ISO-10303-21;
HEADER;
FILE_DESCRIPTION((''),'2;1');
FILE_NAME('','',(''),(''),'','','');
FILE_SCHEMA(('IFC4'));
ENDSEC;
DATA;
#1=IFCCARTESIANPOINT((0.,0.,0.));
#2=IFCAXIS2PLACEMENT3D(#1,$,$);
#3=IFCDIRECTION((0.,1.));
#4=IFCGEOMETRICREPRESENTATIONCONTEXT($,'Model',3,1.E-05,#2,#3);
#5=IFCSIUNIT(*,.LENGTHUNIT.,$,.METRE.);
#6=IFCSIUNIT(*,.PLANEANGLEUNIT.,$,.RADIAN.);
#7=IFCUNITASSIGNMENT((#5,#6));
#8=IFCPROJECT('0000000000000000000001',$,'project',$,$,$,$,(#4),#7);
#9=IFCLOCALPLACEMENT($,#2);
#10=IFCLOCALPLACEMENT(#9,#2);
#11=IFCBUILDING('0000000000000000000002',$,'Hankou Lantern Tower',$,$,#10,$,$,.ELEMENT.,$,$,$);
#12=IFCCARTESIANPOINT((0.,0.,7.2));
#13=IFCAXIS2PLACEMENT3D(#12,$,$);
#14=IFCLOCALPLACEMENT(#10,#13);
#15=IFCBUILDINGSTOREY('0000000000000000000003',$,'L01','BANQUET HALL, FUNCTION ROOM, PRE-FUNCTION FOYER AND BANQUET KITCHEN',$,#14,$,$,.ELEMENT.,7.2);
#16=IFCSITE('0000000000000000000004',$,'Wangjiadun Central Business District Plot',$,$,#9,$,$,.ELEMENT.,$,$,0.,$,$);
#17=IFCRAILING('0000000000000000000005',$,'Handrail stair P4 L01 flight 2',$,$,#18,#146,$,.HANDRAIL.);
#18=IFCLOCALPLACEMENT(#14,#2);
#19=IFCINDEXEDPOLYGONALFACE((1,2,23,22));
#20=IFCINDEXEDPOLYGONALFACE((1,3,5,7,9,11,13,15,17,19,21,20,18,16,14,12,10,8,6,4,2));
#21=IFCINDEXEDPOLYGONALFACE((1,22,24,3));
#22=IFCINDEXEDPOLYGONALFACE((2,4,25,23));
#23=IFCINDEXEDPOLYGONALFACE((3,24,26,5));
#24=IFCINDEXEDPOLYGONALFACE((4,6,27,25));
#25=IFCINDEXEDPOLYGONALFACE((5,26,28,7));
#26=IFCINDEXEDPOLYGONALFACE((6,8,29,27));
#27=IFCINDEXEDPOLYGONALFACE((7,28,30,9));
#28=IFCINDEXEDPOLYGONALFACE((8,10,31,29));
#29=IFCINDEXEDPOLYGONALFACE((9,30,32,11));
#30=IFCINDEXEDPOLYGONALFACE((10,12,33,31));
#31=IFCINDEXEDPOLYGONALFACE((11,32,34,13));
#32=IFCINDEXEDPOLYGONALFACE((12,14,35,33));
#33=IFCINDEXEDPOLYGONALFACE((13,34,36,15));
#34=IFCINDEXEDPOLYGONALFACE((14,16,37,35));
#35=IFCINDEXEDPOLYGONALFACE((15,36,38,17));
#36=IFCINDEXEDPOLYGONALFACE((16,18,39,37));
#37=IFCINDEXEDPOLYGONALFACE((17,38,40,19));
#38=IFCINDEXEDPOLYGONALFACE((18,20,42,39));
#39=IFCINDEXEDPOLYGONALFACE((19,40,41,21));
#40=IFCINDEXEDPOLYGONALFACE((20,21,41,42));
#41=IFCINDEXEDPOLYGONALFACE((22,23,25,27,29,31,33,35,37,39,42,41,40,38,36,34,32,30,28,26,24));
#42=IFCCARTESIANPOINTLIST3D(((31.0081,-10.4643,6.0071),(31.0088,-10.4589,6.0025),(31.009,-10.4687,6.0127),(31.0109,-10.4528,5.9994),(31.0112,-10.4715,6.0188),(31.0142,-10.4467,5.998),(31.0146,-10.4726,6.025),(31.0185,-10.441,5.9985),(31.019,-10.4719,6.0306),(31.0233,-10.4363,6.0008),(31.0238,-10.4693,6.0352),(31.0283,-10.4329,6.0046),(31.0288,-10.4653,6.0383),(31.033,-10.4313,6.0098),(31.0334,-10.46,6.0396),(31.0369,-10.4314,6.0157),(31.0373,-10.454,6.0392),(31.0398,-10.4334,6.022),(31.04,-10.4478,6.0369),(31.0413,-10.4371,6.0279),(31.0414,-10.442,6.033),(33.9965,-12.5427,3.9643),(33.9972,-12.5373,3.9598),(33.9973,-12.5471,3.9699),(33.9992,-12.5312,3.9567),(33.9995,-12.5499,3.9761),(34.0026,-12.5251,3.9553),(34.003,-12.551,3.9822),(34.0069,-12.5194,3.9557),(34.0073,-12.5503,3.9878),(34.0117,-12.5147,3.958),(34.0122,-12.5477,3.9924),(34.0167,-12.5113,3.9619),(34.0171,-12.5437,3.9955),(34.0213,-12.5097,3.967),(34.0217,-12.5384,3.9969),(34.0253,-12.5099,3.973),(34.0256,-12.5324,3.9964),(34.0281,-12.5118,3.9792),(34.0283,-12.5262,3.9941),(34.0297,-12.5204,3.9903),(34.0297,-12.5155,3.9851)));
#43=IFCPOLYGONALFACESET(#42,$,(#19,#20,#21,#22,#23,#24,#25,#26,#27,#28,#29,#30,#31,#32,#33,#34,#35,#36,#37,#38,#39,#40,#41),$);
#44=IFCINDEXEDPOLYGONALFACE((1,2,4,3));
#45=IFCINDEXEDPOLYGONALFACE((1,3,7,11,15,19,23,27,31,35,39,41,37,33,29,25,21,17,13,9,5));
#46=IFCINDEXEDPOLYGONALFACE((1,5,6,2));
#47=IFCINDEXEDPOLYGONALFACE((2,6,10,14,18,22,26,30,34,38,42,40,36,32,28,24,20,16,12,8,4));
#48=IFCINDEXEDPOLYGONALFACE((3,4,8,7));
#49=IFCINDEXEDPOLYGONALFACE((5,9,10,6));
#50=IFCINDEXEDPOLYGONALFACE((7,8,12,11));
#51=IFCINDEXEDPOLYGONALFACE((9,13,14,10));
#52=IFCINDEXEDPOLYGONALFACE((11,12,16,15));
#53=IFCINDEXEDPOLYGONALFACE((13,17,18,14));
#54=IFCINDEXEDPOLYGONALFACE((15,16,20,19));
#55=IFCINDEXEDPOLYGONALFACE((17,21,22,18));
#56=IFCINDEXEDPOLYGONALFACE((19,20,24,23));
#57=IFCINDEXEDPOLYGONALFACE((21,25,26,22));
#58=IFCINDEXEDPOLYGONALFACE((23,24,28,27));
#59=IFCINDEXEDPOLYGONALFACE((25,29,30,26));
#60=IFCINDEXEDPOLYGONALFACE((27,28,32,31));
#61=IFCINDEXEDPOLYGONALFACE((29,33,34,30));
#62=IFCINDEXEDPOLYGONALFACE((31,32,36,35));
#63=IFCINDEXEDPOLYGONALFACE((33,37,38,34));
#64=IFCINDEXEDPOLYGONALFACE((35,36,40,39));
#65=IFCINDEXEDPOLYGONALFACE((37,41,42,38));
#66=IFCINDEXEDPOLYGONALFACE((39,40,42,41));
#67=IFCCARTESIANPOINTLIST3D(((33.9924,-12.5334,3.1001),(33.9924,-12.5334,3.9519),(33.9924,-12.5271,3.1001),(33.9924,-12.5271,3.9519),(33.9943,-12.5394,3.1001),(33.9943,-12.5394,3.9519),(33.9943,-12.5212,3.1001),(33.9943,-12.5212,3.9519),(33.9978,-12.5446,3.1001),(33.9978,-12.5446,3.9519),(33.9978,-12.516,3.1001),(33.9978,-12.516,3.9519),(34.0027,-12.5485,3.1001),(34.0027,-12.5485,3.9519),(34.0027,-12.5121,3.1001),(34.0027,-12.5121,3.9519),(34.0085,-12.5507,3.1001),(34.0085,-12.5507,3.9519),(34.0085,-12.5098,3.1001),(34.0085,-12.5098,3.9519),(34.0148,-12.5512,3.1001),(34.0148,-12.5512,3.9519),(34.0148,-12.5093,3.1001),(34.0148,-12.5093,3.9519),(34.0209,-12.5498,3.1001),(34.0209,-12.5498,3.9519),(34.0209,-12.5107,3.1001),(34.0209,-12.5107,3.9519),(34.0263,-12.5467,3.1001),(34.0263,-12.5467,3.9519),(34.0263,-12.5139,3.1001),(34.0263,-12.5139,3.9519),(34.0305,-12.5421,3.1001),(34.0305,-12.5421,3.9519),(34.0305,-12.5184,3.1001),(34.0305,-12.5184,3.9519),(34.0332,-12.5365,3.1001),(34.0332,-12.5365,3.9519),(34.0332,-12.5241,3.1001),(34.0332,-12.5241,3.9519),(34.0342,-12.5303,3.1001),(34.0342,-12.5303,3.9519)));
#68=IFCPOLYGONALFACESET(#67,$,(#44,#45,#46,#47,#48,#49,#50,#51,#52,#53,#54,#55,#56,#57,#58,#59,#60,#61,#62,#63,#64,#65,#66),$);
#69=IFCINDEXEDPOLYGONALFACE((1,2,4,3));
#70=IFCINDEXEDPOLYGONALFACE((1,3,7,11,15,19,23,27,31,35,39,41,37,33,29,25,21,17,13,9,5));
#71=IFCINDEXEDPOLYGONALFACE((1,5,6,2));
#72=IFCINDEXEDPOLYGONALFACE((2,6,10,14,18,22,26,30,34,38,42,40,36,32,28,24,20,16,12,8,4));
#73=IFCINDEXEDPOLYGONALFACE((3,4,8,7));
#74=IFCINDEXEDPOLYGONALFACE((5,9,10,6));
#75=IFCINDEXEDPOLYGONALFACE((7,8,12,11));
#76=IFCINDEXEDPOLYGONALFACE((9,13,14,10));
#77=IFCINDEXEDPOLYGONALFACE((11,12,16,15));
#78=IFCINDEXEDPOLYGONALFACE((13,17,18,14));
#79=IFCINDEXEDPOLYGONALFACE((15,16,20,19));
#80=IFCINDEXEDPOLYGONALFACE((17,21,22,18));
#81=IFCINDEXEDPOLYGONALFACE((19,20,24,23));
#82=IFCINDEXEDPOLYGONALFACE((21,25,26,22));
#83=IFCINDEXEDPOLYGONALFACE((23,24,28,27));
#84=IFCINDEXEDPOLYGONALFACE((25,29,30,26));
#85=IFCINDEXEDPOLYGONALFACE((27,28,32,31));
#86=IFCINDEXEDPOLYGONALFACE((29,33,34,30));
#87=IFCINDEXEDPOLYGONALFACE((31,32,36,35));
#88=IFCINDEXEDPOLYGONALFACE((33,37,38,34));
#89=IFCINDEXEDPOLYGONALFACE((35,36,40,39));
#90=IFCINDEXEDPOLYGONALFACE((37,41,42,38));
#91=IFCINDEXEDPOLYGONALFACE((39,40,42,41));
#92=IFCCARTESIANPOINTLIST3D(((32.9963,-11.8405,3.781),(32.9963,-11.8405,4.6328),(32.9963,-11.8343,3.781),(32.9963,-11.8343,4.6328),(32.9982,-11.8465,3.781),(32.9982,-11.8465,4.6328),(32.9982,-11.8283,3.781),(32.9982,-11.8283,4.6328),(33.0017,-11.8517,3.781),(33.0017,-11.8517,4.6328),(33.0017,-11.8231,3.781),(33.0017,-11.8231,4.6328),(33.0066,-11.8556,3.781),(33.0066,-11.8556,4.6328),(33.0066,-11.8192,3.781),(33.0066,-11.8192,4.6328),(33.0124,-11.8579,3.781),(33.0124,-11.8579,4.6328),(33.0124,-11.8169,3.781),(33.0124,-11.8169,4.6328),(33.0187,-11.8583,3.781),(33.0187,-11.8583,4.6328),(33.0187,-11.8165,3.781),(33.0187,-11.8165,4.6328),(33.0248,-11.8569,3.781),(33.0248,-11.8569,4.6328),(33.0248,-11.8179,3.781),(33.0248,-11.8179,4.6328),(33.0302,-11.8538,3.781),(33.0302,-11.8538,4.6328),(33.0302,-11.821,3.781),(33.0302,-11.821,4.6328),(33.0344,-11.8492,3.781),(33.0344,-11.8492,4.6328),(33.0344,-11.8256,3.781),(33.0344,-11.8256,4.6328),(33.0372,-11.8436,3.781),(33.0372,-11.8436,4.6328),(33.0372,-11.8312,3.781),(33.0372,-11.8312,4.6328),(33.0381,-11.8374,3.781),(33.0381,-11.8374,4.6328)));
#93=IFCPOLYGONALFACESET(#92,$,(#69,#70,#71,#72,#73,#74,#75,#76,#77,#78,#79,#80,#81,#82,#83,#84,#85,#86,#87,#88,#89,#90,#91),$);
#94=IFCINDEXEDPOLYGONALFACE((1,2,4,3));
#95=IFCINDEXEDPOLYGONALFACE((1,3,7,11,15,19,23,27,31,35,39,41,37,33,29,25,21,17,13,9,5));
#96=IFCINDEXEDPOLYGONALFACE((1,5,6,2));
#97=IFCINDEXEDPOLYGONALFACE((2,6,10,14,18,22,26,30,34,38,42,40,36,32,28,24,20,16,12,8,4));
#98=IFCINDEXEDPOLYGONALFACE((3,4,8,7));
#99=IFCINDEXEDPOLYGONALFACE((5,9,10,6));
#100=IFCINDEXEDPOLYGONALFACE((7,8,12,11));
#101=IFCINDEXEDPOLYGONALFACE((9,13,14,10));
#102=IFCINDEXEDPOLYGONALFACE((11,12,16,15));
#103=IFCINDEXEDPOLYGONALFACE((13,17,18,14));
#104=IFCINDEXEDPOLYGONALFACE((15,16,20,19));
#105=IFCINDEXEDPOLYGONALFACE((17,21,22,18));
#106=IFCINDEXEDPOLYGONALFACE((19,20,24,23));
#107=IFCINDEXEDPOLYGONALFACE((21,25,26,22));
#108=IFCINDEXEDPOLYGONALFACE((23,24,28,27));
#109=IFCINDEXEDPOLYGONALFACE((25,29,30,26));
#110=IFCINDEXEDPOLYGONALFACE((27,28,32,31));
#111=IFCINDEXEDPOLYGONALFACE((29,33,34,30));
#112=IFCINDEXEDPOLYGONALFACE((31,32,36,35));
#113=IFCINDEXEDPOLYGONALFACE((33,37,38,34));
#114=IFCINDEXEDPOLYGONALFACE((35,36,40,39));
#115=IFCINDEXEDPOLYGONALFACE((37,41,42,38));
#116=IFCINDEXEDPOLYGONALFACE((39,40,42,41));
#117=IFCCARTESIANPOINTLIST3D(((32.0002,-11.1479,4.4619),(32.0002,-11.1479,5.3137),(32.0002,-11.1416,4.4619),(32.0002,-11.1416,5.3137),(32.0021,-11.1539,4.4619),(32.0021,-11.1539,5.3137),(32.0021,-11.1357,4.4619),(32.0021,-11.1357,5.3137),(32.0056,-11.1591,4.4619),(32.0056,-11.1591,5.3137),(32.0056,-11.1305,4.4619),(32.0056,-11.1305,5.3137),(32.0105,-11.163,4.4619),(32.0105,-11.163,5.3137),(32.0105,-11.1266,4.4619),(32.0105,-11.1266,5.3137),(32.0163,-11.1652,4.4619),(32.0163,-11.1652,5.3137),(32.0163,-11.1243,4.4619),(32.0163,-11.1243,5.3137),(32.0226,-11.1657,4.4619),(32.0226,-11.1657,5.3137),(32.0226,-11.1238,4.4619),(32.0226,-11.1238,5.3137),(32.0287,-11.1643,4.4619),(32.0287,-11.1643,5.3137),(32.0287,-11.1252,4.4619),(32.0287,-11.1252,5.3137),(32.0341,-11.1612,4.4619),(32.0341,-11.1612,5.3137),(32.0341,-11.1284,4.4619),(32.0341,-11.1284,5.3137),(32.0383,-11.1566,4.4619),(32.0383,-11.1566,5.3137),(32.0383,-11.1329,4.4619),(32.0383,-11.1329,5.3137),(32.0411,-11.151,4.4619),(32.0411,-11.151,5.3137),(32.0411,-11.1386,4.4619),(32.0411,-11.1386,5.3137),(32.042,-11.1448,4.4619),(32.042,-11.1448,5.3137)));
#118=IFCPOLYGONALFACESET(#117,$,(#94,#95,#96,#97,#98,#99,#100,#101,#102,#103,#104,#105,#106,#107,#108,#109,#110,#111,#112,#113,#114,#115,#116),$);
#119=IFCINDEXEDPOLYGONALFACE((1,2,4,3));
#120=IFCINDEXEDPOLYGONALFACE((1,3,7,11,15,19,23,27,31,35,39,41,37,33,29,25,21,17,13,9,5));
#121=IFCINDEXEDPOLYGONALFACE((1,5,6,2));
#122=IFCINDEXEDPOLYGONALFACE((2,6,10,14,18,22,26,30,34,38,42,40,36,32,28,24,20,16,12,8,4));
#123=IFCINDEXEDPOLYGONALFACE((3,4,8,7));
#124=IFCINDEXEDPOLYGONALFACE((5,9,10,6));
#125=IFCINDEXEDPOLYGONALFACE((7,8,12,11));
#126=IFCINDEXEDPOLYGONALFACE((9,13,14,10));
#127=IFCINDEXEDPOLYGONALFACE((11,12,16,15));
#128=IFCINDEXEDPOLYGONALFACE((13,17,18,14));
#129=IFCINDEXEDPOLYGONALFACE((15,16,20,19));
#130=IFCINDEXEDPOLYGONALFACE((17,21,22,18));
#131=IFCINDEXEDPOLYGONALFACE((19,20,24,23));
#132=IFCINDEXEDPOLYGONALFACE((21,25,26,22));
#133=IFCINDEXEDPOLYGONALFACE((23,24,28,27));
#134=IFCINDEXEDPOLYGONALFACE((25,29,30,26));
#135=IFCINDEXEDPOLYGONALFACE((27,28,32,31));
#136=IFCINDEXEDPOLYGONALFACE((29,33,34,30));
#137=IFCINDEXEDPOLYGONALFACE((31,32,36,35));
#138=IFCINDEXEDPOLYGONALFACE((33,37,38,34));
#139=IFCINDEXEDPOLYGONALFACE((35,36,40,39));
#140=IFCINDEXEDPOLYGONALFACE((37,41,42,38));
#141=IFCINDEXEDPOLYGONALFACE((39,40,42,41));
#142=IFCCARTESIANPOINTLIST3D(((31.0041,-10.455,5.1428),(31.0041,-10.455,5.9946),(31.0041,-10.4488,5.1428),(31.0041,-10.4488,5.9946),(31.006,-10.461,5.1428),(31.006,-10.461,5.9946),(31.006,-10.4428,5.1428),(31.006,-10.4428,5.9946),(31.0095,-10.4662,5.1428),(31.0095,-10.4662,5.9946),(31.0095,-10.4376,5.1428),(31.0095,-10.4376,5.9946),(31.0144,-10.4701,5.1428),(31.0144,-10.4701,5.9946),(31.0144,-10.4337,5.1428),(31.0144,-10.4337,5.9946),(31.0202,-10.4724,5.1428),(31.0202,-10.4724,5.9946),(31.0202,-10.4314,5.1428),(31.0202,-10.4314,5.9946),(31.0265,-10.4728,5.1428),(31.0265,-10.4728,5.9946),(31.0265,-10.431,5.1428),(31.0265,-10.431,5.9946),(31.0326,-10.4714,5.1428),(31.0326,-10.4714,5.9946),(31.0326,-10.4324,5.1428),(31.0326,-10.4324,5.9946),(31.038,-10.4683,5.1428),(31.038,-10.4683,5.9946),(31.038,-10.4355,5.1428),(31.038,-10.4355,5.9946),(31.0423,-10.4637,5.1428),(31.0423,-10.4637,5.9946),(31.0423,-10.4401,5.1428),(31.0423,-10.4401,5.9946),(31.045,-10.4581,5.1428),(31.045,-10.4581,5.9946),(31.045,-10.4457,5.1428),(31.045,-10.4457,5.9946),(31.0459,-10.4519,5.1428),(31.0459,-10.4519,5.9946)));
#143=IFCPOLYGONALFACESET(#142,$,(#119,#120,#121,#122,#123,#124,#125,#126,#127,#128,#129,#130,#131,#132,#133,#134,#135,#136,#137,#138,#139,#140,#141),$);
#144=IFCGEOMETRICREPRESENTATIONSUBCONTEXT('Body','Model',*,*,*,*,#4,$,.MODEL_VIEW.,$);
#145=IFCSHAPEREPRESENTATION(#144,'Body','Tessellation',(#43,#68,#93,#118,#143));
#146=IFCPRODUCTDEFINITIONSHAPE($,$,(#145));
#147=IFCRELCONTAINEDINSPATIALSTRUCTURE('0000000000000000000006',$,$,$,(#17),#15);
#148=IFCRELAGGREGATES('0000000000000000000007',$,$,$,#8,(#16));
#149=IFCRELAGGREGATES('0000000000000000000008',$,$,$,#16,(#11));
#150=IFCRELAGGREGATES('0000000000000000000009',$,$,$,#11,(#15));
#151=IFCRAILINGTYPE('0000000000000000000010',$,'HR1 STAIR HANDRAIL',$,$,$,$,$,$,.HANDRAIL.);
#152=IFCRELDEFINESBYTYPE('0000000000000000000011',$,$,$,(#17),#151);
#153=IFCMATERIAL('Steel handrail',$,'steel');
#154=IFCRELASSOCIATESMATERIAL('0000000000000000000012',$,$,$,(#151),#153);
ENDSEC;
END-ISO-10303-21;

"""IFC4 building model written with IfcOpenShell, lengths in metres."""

from ifc_helpers import new_model, si_unit, direction, frame, origin, origin_2d, place, context, subcontext, project, spatial, circle, extrude, material, type_object, element, save


model = new_model("IFC4")

# Units and contexts
model_context = context("Model", 3, precision=1e-05, world=origin(), true_north=direction((0.0, 1.0)))
body_context = subcontext(model_context, "Body", "Model", "MODEL_VIEW")
ifc_project = project(units=[si_unit("LENGTHUNIT", "METRE"), si_unit("PLANEANGLEUNIT", "RADIAN")], contexts=[model_context])

# Site, building, storey
site_placement = place(None, origin())
site = spatial("IfcSite", under=ifc_project, at=site_placement, Name="Wangjiadun Central Business District Plot", CompositionType="ELEMENT", RefElevation=0.0)
building_placement = place(site_placement, origin())
building = spatial("IfcBuilding", under=site, at=building_placement, Name="Hankou Lantern Tower", CompositionType="ELEMENT")
storey_placement = place(building_placement, frame((0.0, 0.0, 7.2)))
storey = spatial("IfcBuildingStorey", under=building, at=storey_placement, Name="L01", Description="BANQUET HALL, FUNCTION ROOM, PRE-FUNCTION FOYER AND BANQUET KITCHEN", CompositionType="ELEMENT", Elevation=7.2)

# Railing
ifc_material_1 = material(Name="Steel handrail", Category="steel")
railing_type = type_object("IfcRailingType", Name="HR1 STAIR HANDRAIL", PredefinedType="HANDRAIL", material=ifc_material_1)
railing_1_placement = place(storey_placement, frame((34.0132, -12.5303, 3.1001)))
element("IfcRailing", 1, at=railing_1_placement, inside=storey, type_object=railing_type, Name="Handrail stair P4 L01 flight 2", PredefinedType="HANDRAIL", context=body_context, shape_type="SweptSolid", body=[
    extrude(circle(Radius=0.0239, at=origin_2d()), frame((0.0, 0.0, 0.876), z_axis=(-0.71593, 0.497934, 0.489394), x_axis=(-0.570984, -0.820961, 0.0)), (0.0, 0.0, 1.0), 4.1741),
    extrude(circle(Radius=0.021, at=origin_2d()), origin(), (0.0, 0.0, 1.0), 0.8518),
    extrude(circle(Radius=0.021, at=origin_2d()), frame((-0.9961, 0.6929, 0.6809)), (0.0, 0.0, 1.0), 0.8518),
    extrude(circle(Radius=0.021, at=origin_2d()), frame((-1.9922, 1.3855, 1.3618)), (0.0, 0.0, 1.0), 0.8518),
    extrude(circle(Radius=0.021, at=origin_2d()), frame((-2.9883, 2.0784, 2.0427)), (0.0, 0.0, 1.0), 0.8518),
])

save(model, "model.ifc")
